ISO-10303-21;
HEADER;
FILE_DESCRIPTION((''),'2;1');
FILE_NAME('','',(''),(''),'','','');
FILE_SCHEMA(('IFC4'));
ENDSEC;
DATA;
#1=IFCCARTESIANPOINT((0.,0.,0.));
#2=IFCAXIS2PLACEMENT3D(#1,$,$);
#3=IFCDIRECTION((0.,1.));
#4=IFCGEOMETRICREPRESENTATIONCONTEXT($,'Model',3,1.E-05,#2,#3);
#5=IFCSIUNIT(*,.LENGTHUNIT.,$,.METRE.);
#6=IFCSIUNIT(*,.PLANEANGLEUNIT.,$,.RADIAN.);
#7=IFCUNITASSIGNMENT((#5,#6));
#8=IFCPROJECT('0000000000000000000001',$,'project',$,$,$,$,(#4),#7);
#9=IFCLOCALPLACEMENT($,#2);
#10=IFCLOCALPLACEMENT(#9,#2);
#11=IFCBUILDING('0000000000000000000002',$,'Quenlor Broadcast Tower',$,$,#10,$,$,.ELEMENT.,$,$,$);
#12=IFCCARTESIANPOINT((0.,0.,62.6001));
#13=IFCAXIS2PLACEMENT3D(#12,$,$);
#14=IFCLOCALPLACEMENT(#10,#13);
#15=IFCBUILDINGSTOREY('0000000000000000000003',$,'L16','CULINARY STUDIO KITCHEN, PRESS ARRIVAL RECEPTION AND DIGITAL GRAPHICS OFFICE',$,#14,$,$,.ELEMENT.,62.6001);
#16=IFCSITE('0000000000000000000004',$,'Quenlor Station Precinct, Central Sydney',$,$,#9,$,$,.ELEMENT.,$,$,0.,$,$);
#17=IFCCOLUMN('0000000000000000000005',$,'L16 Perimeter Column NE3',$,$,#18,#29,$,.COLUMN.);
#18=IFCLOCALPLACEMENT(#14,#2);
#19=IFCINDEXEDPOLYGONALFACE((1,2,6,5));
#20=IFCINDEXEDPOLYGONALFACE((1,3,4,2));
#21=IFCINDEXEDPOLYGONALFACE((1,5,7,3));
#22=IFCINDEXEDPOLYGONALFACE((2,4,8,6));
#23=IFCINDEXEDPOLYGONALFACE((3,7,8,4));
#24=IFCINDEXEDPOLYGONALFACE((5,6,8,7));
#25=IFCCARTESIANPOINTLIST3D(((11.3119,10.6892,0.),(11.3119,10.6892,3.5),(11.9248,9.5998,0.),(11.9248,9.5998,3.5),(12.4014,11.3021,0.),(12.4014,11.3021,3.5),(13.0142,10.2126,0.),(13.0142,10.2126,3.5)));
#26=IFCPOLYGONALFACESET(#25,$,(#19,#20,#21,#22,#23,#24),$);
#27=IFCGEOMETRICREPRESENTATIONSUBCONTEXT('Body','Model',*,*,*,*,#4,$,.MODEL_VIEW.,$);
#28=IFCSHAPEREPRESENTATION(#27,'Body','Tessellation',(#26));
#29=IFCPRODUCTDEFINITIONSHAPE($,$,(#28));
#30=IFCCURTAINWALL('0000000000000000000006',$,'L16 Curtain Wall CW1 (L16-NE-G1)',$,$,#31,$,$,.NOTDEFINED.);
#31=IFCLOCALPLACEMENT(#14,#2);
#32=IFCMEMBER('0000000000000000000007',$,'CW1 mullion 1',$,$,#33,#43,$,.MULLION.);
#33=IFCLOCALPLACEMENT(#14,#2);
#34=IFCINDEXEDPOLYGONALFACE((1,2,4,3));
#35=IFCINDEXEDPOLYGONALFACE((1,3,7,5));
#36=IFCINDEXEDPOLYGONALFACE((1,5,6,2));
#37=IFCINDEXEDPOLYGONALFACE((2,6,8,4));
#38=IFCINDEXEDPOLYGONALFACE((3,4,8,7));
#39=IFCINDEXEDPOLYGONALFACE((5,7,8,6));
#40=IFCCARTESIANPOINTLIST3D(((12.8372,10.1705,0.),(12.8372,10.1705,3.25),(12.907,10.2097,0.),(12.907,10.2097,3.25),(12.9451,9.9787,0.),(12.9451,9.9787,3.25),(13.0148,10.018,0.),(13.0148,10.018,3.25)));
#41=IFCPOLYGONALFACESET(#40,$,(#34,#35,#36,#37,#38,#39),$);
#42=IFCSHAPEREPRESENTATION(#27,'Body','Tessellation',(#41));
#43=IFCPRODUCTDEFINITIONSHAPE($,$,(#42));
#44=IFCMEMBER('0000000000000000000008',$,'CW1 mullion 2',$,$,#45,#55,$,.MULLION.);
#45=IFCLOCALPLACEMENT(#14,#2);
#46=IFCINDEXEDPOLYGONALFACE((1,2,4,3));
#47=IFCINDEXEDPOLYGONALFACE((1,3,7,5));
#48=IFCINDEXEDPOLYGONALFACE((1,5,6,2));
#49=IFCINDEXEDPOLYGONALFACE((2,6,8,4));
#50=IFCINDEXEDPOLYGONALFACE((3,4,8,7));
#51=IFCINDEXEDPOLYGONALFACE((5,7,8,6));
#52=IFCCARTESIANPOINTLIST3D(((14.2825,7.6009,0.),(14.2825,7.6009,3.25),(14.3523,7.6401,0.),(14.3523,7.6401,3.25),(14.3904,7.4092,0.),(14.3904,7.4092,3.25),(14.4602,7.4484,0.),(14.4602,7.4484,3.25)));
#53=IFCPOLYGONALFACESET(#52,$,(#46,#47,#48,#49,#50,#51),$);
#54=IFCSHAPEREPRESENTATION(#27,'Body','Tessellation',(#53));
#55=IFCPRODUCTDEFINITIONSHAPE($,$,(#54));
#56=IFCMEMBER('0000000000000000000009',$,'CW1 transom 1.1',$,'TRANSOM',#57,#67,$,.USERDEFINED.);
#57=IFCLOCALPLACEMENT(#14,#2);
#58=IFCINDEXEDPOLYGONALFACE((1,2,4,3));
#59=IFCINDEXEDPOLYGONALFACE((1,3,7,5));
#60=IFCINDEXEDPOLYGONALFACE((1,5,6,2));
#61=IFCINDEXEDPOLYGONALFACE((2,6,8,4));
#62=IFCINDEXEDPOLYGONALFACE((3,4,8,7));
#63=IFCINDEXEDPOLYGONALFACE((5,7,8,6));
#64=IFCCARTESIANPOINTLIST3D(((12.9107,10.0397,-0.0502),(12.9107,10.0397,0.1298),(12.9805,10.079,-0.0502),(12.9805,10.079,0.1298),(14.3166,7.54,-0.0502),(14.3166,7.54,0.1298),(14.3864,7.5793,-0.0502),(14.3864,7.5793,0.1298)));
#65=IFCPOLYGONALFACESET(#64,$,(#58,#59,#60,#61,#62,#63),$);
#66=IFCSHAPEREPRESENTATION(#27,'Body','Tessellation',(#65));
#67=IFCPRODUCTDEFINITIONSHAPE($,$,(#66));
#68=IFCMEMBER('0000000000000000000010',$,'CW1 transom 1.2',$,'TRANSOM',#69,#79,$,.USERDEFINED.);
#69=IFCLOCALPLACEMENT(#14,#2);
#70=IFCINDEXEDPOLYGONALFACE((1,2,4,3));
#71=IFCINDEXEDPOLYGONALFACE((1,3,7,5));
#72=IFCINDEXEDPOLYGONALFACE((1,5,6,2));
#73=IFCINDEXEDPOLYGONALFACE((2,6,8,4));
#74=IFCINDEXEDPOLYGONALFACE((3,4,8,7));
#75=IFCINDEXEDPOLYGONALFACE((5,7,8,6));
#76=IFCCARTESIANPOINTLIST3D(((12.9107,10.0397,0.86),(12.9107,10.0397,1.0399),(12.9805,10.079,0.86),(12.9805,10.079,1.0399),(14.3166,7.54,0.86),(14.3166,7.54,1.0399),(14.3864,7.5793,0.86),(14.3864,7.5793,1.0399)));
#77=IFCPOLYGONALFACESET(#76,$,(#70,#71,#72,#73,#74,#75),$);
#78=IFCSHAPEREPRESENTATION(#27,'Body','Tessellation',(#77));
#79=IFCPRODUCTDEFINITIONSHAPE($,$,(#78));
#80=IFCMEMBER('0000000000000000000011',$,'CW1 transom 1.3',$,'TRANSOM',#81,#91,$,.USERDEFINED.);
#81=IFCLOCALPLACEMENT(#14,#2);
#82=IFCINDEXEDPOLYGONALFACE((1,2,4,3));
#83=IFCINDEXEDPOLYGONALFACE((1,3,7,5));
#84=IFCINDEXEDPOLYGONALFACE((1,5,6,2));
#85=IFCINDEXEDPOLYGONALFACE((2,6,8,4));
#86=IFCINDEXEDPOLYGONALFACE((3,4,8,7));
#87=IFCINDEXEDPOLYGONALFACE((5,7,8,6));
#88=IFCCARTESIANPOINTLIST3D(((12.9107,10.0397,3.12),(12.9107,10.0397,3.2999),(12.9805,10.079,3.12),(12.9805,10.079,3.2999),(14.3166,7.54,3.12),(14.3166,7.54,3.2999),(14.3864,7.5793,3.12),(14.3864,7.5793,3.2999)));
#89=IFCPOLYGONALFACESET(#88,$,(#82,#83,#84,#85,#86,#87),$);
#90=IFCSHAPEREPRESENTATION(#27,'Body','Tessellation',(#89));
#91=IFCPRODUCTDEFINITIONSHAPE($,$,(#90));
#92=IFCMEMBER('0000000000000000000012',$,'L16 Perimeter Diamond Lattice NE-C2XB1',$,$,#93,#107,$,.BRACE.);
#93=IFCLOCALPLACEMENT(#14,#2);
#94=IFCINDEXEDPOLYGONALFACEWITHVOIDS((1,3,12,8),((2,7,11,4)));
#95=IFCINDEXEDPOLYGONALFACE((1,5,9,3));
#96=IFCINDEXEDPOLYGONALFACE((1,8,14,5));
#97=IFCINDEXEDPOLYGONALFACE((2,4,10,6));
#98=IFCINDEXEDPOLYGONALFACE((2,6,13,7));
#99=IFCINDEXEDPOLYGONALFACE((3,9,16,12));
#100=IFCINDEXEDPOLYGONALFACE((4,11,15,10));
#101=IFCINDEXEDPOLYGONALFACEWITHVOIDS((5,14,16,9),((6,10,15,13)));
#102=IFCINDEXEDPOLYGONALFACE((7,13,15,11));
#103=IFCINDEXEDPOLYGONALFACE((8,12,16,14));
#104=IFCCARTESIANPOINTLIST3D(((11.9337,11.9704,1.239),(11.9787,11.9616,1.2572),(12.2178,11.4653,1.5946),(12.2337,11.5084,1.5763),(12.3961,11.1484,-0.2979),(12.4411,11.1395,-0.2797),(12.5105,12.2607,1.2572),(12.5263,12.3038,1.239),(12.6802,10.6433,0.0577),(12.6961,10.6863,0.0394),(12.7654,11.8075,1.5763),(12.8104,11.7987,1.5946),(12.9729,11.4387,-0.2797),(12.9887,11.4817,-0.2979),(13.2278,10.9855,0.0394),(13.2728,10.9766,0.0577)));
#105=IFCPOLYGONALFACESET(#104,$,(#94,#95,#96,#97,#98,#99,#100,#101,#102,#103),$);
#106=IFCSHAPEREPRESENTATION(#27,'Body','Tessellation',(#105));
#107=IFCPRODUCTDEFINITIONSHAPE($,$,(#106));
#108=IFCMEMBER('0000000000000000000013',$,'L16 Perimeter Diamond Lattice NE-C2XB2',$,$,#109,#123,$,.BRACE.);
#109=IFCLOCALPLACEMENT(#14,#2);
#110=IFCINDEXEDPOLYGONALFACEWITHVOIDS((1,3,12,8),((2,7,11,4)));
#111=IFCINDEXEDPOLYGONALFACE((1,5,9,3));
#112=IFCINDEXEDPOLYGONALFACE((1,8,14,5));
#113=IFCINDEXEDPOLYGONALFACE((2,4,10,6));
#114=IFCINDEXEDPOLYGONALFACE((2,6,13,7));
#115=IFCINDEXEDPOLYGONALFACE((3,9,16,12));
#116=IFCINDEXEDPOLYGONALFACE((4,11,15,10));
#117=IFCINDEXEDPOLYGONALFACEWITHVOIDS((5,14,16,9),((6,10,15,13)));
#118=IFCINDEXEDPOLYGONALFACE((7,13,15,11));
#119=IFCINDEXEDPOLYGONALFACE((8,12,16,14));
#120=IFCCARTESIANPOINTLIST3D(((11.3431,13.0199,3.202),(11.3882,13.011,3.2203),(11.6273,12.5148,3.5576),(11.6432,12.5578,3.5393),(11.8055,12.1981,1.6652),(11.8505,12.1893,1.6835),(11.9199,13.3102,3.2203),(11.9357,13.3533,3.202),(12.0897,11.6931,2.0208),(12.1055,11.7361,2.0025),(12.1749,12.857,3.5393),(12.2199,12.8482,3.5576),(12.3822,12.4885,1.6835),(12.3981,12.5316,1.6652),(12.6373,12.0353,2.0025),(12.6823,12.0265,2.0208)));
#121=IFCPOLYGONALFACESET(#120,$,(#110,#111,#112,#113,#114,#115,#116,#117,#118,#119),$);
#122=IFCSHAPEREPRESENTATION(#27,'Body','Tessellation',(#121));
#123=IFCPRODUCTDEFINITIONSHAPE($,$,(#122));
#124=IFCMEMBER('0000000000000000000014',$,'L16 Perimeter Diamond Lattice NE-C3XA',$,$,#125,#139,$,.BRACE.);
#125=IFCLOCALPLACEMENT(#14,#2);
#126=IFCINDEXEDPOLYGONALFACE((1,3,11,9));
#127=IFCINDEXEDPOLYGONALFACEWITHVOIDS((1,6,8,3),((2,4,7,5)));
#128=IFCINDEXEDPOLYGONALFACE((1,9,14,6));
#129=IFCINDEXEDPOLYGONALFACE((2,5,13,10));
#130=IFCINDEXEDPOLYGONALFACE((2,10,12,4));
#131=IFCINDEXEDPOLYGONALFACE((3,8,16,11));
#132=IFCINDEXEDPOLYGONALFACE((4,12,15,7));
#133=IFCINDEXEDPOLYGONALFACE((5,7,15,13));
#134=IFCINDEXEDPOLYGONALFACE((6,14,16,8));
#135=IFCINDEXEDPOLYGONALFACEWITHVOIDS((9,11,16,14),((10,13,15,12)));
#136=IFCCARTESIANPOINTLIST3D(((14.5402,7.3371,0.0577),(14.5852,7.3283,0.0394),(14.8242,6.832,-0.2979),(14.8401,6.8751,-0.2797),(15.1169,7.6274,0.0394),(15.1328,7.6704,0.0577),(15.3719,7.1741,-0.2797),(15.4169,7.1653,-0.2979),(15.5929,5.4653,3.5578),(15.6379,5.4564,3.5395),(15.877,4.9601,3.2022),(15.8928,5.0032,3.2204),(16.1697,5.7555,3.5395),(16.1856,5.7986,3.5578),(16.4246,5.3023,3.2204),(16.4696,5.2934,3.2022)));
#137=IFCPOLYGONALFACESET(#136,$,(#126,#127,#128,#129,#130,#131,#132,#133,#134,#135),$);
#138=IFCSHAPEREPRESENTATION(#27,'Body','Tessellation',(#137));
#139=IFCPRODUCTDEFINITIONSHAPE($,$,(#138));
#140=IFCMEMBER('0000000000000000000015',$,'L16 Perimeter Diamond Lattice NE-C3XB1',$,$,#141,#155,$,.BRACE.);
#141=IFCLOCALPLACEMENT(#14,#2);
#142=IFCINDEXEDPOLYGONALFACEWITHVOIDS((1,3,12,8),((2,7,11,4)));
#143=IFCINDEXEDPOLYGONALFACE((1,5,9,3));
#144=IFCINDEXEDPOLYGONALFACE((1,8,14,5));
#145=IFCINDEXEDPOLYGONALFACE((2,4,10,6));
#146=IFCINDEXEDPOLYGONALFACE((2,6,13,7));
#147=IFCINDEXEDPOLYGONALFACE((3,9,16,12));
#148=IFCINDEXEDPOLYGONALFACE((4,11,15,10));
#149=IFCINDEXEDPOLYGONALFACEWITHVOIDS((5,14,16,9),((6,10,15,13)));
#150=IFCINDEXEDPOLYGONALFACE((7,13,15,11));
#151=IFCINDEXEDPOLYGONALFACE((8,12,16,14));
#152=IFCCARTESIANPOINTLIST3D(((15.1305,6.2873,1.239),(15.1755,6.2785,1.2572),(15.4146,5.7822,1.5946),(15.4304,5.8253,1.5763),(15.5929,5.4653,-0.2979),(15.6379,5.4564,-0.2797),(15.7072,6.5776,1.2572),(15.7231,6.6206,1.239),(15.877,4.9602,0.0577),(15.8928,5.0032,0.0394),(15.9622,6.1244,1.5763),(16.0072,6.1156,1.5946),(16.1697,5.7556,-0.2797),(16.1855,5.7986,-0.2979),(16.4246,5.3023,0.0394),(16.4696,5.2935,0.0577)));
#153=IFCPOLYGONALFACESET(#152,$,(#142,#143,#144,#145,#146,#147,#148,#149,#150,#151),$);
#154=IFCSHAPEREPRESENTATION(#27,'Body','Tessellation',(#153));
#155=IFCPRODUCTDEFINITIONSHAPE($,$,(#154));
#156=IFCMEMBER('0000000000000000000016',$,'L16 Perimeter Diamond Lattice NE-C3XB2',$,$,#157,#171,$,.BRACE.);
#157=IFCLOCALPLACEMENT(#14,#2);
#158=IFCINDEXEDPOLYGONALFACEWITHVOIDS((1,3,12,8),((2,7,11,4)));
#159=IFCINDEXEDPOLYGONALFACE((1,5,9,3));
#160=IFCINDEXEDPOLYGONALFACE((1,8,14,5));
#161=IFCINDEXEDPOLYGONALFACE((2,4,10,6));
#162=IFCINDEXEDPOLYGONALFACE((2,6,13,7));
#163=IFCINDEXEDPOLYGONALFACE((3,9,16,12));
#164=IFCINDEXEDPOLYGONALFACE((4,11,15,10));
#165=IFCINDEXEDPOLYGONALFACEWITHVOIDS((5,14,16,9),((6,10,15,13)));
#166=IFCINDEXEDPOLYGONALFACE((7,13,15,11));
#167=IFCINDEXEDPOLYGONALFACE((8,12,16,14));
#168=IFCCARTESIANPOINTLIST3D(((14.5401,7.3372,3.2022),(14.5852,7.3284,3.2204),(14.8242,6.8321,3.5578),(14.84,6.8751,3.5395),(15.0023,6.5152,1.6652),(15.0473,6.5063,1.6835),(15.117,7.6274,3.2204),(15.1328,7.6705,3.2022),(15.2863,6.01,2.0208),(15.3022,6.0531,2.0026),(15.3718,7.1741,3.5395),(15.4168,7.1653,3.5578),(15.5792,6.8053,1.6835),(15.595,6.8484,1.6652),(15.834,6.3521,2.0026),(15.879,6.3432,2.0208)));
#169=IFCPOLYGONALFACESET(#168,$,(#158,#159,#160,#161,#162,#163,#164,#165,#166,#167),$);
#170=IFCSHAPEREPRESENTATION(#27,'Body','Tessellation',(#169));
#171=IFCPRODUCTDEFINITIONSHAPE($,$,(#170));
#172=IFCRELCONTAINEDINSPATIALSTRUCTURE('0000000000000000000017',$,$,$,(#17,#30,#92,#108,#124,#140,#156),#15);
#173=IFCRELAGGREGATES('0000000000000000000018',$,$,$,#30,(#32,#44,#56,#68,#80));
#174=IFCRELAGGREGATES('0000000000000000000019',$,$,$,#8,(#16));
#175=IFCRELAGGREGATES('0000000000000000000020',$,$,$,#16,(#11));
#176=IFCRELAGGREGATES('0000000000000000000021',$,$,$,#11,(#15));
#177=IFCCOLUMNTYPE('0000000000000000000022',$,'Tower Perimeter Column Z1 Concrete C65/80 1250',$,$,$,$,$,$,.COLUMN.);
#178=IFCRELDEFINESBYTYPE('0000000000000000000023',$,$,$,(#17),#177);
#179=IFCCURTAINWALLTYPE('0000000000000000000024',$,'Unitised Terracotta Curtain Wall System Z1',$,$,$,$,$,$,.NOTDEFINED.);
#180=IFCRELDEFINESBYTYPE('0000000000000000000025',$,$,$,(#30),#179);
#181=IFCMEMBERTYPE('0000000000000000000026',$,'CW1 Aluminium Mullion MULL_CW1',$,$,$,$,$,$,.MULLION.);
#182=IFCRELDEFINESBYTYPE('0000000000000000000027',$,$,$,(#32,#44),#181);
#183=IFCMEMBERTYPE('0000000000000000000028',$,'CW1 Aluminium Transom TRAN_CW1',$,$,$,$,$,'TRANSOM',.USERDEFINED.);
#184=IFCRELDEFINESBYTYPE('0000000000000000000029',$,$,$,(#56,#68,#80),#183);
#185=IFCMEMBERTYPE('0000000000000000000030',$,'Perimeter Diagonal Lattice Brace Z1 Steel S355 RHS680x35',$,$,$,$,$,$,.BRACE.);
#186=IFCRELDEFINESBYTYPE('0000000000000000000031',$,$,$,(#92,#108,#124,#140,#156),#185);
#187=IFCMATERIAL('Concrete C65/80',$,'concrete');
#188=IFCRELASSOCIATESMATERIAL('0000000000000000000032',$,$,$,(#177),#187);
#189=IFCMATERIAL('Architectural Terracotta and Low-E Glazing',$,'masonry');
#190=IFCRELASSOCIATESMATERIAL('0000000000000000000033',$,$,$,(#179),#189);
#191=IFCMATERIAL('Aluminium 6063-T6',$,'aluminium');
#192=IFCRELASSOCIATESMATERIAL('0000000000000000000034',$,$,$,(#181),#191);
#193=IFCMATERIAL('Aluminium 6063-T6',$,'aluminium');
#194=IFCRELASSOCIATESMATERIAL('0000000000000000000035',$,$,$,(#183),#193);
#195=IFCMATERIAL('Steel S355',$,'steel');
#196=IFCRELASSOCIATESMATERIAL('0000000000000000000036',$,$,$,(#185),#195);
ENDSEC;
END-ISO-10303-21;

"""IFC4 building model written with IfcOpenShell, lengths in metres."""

from ifc_helpers import new_model, si_unit, direction, frame, origin, origin_2d, place, context, subcontext, project, spatial, rectangle, hollow_rectangle, extrude, material, material_profile, profile_set, type_object, element, aggregate, save


model = new_model("IFC4")

# Units and contexts
model_context = context("Model", 3, precision=1e-05, world=origin(), true_north=direction((0.0, 1.0)))
body_context = subcontext(model_context, "Body", "Model", "MODEL_VIEW")
ifc_project = project(units=[si_unit("LENGTHUNIT", "METRE"), si_unit("PLANEANGLEUNIT", "RADIAN")], contexts=[model_context])

# Site, building, storey
site_placement = place(None, origin())
site = spatial("IfcSite", under=ifc_project, at=site_placement, Name="Quenlor Station Precinct, Central Sydney", CompositionType="ELEMENT", RefElevation=0.0)
building_placement = place(site_placement, origin())
building = spatial("IfcBuilding", under=site, at=building_placement, Name="Quenlor Broadcast Tower", CompositionType="ELEMENT")
storey_placement = place(building_placement, frame((0.0, 0.0, 62.6001)))
storey = spatial("IfcBuildingStorey", under=building, at=storey_placement, Name="L16", Description="CULINARY STUDIO KITCHEN, PRESS ARRIVAL RECEPTION AND DIGITAL GRAPHICS OFFICE", CompositionType="ELEMENT", Elevation=62.6001)

# Column
ifc_material_1 = material(Name="Concrete C65/80", Category="concrete")
ifc_material_profile_1 = material_profile(ifc_material_1, rectangle(XDim=1.25, YDim=1.25, at=origin_2d()))
ifc_profile_set_1 = profile_set([ifc_material_profile_1], Name="Concrete C65/80 RC1250x1250")
column_type = type_object("IfcColumnType", Name="Tower Perimeter Column Z1 Concrete C65/80 1250", PredefinedType="COLUMN", material=ifc_profile_set_1)
column_placement = place(storey_placement, frame((12.1631, 10.4509, 0.0), z_axis=(0.0, 0.0, 1.0), x_axis=(0.871575, 0.490262, 0.0)))
element("IfcColumn", 1, at=column_placement, inside=storey, type_object=column_type, Name="L16 Perimeter Column NE3", PredefinedType="COLUMN", context=body_context, shape_type="SweptSolid", body=[
    extrude(rectangle(XDim=1.25, YDim=1.25, at=origin_2d()), origin(), (0.0, 0.0, 1.0), 3.5),
])

# Curtain wall, members
ifc_material_2 = material(Name="Architectural Terracotta and Low-E Glazing", Category="masonry")
curtain_wall_type = type_object("IfcCurtainWallType", Name="Unitised Terracotta Curtain Wall System Z1", PredefinedType="NOTDEFINED", material=ifc_material_2)
curtain_wall_placement = place(storey_placement, origin())
curtain_wall = element("IfcCurtainWall", 2, at=curtain_wall_placement, inside=storey, type_object=curtain_wall_type, Name="L16 Curtain Wall CW1 (L16-NE-G1)", PredefinedType="NOTDEFINED")
ifc_material_3 = material(Name="Aluminium 6063-T6", Category="aluminium")
ifc_material_profile_2 = material_profile(ifc_material_3, rectangle(XDim=0.0801, YDim=0.22, at=origin_2d()))
ifc_profile_set_2 = profile_set([ifc_material_profile_2], Name="Aluminium 6063-T6 MULL80x220")
member_type_1 = type_object("IfcMemberType", Name="CW1 Aluminium Mullion MULL_CW1", PredefinedType="MULLION", material=ifc_profile_set_2)
member_1_placement = place(storey_placement, frame((12.926, 10.0942, 0.0), z_axis=(0.0, 0.0, 1.0), x_axis=(0.871568, 0.490274, 0.0)))
member_1 = element("IfcMember", 3, at=member_1_placement, type_object=member_type_1, Name="CW1 mullion 1", PredefinedType="MULLION", context=body_context, shape_type="SweptSolid", body=[
    extrude(rectangle(XDim=0.0801, YDim=0.22, at=origin_2d()), origin(), (0.0, 0.0, 1.0), 3.25),
])
member_2_placement = place(storey_placement, frame((14.3713, 7.5247, 0.0), z_axis=(0.0, 0.0, 1.0), x_axis=(0.871568, 0.490274, 0.0)))
member_2 = element("IfcMember", 4, at=member_2_placement, type_object=member_type_1, Name="CW1 mullion 2", PredefinedType="MULLION", context=body_context, shape_type="SweptSolid", body=[
    extrude(rectangle(XDim=0.0801, YDim=0.22, at=origin_2d()), origin(), (0.0, 0.0, 1.0), 3.25),
])
ifc_material_4 = material(Name="Aluminium 6063-T6", Category="aluminium")
ifc_material_profile_3 = material_profile(ifc_material_4, rectangle(XDim=0.0801, YDim=0.1799, at=origin_2d()))
ifc_profile_set_3 = profile_set([ifc_material_profile_3], Name="Aluminium 6063-T6 TRAN80x180")
member_type_2 = type_object("IfcMemberType", Name="CW1 Aluminium Transom TRAN_CW1", ElementType="TRANSOM", PredefinedType="USERDEFINED", material=ifc_profile_set_3)
member_3_placement = place(storey_placement, frame((12.9456, 10.0593, 0.0398), z_axis=(0.490233, -0.871591, 0.0), x_axis=(0.871591, 0.490233, 0.0)))
member_3 = element("IfcMember", 5, at=member_3_placement, type_object=member_type_2, Name="CW1 transom 1.1", ObjectType="TRANSOM", PredefinedType="USERDEFINED", context=body_context, shape_type="SweptSolid", body=[
    extrude(rectangle(XDim=0.0801, YDim=0.1799, at=origin_2d()), origin(), (0.0, 0.0, 1.0), 2.8679),
])
member_4_placement = place(storey_placement, frame((12.9456, 10.0593, 0.95), z_axis=(0.490233, -0.871591, 0.0), x_axis=(0.871591, 0.490233, 0.0)))
member_4 = element("IfcMember", 6, at=member_4_placement, type_object=member_type_2, Name="CW1 transom 1.2", ObjectType="TRANSOM", PredefinedType="USERDEFINED", context=body_context, shape_type="SweptSolid", body=[
    extrude(rectangle(XDim=0.0801, YDim=0.1799, at=origin_2d()), origin(), (0.0, 0.0, 1.0), 2.8679),
])
member_5_placement = place(storey_placement, frame((12.9456, 10.0593, 3.21), z_axis=(0.490233, -0.871591, 0.0), x_axis=(0.871591, 0.490233, 0.0)))
member_5 = element("IfcMember", 7, at=member_5_placement, type_object=member_type_2, Name="CW1 transom 1.3", ObjectType="TRANSOM", PredefinedType="USERDEFINED", context=body_context, shape_type="SweptSolid", body=[
    extrude(rectangle(XDim=0.0801, YDim=0.1799, at=origin_2d()), origin(), (0.0, 0.0, 1.0), 2.8679),
])

# Members
ifc_material_5 = material(Name="Steel S355", Category="steel")
ifc_material_profile_4 = material_profile(ifc_material_5, hollow_rectangle(XDim=0.6799, YDim=0.6799, WallThickness=0.0349, at=origin_2d()))
ifc_profile_set_4 = profile_set([ifc_material_profile_4], Name="Steel S355 RHS680x680x35")
member_type_3 = type_object("IfcMemberType", Name="Perimeter Diagonal Lattice Brace Z1 Steel S355 RHS680x35", PredefinedType="BRACE", material=ifc_profile_set_4)
member_6_placement = place(storey_placement, frame((12.8345, 11.0625, -0.1201), z_axis=(-0.256436, 0.455871, 0.852304), x_axis=(-0.871569, -0.490274, 0.0)))
element("IfcMember", 8, at=member_6_placement, inside=storey, type_object=member_type_3, Name="L16 Perimeter Diamond Lattice NE-C2XB1", PredefinedType="BRACE", context=body_context, shape_type="SweptSolid", body=[
    extrude(hollow_rectangle(XDim=0.6799, YDim=0.6799, WallThickness=0.0349, at=origin_2d()), origin(), (0.0, 0.0, 1.0), 1.8032),
])
member_7_placement = place(storey_placement, frame((12.2439, 12.1123, 1.843), z_axis=(-0.256452, 0.455764, 0.852357), x_axis=(-0.871506, -0.490384, 0.0)))
element("IfcMember", 9, at=member_7_placement, inside=storey, type_object=member_type_3, Name="L16 Perimeter Diamond Lattice NE-C2XB2", PredefinedType="BRACE", context=body_context, shape_type="SweptSolid", body=[
    extrude(hollow_rectangle(XDim=0.6799, YDim=0.6799, WallThickness=0.0349, at=origin_2d()), origin(), (0.0, 0.0, 1.0), 1.803),
])
member_8_placement = place(storey_placement, frame((14.9785, 7.2512, -0.1201), z_axis=(0.256368, -0.455839, 0.852342), x_axis=(0.871609, 0.490202, 0.0)))
element("IfcMember", 10, at=member_8_placement, inside=storey, type_object=member_type_3, Name="L16 Perimeter Diamond Lattice NE-C3XA", PredefinedType="BRACE", context=body_context, shape_type="SweptSolid", body=[
    extrude(hollow_rectangle(XDim=0.6799, YDim=0.6799, WallThickness=0.0349, at=origin_2d()), origin(), (0.0, 0.0, 1.0), 4.1064),
])
for number, where, z_axis, x_axis, name in (
    (11, (16.0312, 5.3794, -0.1201), (-0.256436, 0.455871, 0.852304), (-0.871569, -0.490274, 0.0), "L16 Perimeter Diamond Lattice NE-C3XB1"),
    (12, (15.4407, 6.4292, 1.843), (-0.256309, 0.455887, 0.852334), (-0.871679, -0.490077, 0.0), "L16 Perimeter Diamond Lattice NE-C3XB2"),
):
    element("IfcMember", number, at=place(storey_placement, frame(where, z_axis=z_axis, x_axis=x_axis)), inside=storey, type_object=member_type_3, Name=name, PredefinedType="BRACE", context=body_context, shape_type="SweptSolid", body=[
        extrude(hollow_rectangle(XDim=0.6799, YDim=0.6799, WallThickness=0.0349, at=origin_2d()), origin(), (0.0, 0.0, 1.0), 1.8032),
    ])

aggregate(curtain_wall, [member_1, member_2, member_3, member_4, member_5])

save(model, "model.ifc")
